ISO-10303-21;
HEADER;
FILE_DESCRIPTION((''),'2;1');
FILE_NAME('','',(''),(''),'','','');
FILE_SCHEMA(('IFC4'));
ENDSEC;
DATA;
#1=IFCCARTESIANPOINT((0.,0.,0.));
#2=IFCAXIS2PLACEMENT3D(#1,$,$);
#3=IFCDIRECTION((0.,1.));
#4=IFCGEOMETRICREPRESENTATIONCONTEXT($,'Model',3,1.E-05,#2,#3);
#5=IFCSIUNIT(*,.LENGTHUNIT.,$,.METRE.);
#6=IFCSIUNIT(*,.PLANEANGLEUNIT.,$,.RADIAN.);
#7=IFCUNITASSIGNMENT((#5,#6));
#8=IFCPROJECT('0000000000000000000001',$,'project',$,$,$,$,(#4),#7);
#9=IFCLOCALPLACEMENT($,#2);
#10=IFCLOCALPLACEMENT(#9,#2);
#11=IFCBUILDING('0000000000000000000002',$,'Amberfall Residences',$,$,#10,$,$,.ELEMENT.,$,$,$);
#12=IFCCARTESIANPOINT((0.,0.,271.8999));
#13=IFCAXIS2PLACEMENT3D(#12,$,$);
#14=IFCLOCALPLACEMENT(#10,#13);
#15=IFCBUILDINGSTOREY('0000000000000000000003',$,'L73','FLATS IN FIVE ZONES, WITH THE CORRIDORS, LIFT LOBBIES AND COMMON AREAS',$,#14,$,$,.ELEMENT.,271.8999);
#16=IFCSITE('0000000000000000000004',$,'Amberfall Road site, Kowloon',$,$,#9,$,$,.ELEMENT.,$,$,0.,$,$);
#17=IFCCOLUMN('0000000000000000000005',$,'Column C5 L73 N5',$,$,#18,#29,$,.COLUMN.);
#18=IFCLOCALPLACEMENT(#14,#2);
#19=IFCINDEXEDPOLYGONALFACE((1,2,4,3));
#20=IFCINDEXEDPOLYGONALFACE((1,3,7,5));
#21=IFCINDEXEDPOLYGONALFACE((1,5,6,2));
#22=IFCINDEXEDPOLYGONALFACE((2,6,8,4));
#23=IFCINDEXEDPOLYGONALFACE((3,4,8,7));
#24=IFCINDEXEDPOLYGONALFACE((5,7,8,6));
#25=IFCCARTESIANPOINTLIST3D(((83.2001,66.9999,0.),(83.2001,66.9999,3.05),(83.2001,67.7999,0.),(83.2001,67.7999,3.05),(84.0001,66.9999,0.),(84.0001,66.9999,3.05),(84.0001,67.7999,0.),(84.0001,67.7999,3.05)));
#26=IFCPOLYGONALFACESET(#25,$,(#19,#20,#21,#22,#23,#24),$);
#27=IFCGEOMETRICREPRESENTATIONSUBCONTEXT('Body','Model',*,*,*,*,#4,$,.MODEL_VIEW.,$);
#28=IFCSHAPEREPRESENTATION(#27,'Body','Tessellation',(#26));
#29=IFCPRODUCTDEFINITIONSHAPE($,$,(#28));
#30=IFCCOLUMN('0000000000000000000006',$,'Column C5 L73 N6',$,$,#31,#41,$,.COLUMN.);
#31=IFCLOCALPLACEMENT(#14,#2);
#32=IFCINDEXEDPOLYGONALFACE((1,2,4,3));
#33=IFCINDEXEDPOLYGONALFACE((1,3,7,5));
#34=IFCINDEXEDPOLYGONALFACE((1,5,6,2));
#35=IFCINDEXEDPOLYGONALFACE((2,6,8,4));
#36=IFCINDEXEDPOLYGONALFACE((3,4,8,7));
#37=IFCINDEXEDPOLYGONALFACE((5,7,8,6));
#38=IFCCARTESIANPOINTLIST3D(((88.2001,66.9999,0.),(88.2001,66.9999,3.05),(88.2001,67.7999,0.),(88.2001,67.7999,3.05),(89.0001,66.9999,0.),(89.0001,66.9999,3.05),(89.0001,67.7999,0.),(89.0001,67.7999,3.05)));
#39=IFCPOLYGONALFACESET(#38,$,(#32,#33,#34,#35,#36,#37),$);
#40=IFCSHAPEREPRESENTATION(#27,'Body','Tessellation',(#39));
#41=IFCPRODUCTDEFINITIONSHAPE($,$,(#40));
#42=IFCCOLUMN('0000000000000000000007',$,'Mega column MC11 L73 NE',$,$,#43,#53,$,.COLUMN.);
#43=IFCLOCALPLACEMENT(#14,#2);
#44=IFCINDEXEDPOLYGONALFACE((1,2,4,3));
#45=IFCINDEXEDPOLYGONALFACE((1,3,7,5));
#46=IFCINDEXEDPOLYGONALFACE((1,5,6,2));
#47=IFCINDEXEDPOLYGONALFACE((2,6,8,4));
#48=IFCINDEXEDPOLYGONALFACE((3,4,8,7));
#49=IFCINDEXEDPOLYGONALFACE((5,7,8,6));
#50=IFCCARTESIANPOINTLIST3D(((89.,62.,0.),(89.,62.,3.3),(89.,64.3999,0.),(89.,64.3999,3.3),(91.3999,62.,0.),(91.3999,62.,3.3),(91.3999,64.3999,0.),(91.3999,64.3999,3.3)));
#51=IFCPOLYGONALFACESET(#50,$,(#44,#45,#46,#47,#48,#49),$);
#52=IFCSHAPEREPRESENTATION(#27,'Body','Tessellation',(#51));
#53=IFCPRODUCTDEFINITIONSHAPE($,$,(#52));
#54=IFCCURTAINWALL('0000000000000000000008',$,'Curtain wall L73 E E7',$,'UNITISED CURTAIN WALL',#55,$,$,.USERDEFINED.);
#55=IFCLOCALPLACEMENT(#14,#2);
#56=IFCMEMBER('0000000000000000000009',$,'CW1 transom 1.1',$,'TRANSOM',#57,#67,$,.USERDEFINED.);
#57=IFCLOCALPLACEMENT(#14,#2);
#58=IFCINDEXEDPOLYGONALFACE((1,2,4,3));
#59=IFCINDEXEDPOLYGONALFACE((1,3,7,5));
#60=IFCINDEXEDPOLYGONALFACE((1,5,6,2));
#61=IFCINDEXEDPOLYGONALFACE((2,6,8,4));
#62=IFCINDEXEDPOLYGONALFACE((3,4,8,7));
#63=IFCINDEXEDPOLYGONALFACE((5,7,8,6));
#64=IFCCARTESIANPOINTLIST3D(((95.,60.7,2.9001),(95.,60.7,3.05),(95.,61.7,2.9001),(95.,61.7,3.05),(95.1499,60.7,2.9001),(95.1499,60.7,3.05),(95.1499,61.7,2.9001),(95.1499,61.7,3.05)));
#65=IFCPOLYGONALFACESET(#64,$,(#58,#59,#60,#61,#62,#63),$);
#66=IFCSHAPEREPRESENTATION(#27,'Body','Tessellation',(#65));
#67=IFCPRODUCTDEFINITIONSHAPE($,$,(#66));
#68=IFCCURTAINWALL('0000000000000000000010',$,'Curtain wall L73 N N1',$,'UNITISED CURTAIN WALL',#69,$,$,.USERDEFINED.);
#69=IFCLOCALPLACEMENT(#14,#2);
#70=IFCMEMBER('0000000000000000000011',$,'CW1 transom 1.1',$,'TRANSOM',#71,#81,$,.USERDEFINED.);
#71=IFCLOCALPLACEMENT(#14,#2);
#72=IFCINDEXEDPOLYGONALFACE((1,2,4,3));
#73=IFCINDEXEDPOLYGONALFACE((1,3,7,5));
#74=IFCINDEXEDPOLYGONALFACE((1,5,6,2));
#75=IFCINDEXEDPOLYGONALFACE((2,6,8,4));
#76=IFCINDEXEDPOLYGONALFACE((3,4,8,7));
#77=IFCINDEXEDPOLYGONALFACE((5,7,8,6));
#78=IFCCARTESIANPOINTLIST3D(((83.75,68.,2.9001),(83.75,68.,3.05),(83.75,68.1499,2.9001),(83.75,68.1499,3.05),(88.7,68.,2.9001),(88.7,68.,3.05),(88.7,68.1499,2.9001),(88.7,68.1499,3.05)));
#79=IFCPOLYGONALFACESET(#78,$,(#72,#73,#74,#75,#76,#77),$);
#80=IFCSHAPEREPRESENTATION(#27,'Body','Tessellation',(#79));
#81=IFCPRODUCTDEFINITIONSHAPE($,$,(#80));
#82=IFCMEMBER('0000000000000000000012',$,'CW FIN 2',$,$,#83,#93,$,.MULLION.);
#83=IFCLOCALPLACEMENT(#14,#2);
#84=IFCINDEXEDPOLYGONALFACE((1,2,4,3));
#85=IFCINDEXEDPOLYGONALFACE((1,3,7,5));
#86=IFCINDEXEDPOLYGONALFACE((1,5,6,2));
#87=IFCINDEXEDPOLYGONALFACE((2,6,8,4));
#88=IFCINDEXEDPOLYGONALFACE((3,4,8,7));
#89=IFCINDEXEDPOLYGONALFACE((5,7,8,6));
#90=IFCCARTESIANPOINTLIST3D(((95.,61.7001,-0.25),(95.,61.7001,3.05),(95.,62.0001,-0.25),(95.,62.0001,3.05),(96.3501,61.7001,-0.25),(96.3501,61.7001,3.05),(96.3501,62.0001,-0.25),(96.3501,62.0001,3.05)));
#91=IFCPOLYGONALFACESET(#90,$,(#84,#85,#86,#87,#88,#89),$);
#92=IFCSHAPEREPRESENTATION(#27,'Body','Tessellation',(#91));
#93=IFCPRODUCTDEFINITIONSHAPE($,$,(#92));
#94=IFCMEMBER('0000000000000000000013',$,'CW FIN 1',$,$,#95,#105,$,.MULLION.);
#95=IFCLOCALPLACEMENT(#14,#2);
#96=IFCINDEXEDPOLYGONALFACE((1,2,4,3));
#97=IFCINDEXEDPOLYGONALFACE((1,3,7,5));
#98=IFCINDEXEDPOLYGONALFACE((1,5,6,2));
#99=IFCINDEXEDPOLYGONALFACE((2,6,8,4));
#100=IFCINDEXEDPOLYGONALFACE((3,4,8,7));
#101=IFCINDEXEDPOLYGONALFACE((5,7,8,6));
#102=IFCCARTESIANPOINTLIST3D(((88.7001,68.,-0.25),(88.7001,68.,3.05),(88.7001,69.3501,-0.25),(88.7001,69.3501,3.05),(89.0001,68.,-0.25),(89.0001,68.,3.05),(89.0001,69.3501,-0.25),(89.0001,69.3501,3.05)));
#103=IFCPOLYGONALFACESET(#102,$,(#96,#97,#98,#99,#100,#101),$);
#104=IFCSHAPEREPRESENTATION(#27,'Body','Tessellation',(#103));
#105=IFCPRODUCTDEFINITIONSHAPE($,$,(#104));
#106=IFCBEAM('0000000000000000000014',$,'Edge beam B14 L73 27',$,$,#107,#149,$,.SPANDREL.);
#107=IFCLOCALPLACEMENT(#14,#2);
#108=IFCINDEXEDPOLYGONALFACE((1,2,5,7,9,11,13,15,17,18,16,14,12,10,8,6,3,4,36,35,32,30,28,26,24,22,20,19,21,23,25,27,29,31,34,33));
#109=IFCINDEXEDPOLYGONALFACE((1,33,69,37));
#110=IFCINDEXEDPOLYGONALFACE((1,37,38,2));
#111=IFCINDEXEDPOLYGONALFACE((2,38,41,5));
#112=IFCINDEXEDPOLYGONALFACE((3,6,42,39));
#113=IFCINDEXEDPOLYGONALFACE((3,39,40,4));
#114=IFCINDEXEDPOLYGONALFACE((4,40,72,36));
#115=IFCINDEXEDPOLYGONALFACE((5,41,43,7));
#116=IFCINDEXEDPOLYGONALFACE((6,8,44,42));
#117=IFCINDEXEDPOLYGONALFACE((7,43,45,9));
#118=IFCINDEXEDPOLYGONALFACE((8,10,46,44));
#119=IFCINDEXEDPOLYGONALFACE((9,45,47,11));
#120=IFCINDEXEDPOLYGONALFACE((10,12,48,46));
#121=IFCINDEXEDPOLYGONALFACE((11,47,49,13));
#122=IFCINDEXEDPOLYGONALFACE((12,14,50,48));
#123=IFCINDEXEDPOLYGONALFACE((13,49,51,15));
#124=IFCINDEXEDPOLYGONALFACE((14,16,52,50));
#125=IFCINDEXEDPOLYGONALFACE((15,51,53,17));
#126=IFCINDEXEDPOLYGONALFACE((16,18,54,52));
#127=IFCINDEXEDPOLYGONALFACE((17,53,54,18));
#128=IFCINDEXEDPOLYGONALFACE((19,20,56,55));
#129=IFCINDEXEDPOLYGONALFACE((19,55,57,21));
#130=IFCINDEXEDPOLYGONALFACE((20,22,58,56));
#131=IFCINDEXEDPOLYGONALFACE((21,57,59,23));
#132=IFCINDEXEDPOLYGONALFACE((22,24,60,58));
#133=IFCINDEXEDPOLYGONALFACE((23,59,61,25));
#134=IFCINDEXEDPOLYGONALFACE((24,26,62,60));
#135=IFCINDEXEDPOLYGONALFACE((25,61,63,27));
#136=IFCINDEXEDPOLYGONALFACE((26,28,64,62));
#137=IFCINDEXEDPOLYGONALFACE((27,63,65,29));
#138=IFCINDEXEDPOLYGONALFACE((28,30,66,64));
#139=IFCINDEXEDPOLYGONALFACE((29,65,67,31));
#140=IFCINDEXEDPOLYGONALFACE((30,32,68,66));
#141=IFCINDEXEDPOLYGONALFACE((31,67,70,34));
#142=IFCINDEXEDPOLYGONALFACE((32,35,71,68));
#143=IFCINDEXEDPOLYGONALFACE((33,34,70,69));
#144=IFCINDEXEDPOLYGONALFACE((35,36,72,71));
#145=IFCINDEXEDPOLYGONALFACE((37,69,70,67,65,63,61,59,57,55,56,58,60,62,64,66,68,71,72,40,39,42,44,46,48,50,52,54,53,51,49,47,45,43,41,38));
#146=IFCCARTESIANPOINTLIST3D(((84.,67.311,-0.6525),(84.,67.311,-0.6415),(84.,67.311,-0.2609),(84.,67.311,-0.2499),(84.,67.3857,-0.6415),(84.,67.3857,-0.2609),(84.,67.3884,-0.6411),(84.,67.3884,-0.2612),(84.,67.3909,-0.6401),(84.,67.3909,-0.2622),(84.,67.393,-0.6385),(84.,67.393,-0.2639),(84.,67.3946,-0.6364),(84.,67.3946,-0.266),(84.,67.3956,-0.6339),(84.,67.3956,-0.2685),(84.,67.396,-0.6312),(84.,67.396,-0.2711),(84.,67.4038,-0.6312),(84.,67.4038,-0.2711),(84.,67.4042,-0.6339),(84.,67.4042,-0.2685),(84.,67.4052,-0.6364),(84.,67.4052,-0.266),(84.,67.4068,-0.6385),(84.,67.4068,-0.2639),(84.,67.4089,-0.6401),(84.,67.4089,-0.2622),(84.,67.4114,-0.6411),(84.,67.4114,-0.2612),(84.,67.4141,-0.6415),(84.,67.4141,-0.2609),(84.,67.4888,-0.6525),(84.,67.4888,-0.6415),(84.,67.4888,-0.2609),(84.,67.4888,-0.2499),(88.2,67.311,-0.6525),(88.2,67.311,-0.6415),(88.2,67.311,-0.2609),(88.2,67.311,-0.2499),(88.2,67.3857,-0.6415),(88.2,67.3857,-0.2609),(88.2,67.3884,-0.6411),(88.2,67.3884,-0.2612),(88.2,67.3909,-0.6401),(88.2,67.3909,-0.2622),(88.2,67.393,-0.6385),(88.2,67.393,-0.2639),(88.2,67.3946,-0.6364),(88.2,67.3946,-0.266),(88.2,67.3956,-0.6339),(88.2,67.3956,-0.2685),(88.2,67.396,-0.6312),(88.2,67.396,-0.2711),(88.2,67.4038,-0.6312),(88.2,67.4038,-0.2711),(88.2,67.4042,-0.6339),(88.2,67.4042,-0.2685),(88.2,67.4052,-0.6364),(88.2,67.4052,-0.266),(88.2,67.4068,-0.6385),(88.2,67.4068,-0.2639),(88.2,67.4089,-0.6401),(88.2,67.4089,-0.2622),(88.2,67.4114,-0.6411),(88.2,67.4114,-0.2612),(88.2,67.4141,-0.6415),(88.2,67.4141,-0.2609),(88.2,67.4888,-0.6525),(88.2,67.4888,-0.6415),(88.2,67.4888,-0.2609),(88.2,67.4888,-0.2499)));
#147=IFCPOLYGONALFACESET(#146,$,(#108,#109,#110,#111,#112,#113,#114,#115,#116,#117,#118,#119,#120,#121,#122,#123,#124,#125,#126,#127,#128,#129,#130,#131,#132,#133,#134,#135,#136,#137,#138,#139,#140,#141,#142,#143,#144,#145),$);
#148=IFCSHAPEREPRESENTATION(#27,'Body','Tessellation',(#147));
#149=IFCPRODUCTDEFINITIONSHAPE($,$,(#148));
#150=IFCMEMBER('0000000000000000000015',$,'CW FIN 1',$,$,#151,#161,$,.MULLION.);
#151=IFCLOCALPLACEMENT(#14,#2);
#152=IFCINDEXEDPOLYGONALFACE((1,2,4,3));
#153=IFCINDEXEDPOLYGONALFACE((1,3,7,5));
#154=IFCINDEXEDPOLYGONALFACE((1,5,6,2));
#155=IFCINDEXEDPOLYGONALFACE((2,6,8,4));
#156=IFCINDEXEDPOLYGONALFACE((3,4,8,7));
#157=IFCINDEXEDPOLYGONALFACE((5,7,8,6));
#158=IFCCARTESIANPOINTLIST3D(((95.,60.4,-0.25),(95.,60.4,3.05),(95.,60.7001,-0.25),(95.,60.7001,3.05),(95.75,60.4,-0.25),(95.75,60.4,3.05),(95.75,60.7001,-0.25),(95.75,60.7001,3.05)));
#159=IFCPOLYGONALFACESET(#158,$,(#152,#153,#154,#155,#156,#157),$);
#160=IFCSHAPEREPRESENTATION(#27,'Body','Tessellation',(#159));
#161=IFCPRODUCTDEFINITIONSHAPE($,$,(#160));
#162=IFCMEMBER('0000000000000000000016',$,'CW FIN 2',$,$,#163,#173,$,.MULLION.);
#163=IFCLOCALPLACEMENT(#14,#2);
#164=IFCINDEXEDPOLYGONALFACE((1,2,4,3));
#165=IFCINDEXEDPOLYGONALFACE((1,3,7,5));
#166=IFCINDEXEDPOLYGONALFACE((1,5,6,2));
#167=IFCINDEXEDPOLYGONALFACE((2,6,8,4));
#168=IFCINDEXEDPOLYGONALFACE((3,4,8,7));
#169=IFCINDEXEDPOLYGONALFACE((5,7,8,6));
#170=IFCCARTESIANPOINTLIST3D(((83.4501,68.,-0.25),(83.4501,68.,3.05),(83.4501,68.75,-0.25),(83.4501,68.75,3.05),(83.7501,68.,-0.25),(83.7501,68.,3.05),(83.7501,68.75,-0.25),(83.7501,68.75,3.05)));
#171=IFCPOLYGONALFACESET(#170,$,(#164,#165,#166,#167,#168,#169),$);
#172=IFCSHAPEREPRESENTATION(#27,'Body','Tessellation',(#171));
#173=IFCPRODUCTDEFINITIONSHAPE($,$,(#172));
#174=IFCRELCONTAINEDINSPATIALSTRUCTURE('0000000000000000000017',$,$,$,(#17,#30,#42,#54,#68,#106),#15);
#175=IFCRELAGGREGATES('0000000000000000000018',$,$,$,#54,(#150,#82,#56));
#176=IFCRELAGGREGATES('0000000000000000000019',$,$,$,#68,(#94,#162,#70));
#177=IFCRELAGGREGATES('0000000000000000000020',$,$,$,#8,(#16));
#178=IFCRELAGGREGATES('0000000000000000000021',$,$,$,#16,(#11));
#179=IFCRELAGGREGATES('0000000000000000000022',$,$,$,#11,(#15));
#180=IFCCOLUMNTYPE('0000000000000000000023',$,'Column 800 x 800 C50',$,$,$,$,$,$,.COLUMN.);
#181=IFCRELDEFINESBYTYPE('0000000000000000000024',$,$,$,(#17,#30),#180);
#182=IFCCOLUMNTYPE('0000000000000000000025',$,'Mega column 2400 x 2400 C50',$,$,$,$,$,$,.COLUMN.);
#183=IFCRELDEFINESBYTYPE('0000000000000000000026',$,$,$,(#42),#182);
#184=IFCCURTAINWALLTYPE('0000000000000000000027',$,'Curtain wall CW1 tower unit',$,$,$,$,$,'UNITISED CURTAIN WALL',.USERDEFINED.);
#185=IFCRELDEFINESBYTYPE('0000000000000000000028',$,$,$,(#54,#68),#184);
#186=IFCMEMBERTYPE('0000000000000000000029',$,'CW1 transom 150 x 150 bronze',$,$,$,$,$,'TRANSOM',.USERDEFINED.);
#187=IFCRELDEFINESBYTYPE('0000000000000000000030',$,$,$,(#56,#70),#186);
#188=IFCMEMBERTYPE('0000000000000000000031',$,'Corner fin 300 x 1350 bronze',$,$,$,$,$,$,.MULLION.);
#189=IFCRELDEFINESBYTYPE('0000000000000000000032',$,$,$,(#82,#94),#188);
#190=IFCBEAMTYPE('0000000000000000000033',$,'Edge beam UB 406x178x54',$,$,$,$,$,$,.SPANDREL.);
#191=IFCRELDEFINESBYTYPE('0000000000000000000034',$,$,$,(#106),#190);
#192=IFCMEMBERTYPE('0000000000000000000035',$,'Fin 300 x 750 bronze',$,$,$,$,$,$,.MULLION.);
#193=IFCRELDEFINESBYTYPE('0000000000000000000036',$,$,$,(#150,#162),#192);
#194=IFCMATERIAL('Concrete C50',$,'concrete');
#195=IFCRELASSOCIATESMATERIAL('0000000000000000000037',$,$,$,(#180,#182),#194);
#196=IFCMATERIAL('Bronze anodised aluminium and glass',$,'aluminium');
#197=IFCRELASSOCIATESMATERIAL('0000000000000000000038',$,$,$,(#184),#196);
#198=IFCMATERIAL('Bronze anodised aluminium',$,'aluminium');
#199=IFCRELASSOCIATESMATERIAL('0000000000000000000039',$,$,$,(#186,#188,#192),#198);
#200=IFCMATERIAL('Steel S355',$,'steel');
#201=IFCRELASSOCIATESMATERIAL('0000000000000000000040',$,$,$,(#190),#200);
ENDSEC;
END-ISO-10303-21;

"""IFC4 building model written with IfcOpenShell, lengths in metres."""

from ifc_helpers import new_model, si_unit, direction, frame, origin, origin_2d, place, context, subcontext, project, spatial, rectangle, i_section, extrude, material, material_profile, profile_set, type_object, element, aggregate, save


model = new_model("IFC4")

# Units and contexts
model_context = context("Model", 3, precision=1e-05, world=origin(), true_north=direction((0.0, 1.0)))
body_context = subcontext(model_context, "Body", "Model", "MODEL_VIEW")
ifc_project = project(units=[si_unit("LENGTHUNIT", "METRE"), si_unit("PLANEANGLEUNIT", "RADIAN")], contexts=[model_context])

# Site, building, storey
site_placement = place(None, origin())
site = spatial("IfcSite", under=ifc_project, at=site_placement, Name="Amberfall Road site, Kowloon", CompositionType="ELEMENT", RefElevation=0.0)
building_placement = place(site_placement, origin())
building = spatial("IfcBuilding", under=site, at=building_placement, Name="Amberfall Residences", CompositionType="ELEMENT")
storey_placement = place(building_placement, frame((0.0, 0.0, 271.8999)))
storey = spatial("IfcBuildingStorey", under=building, at=storey_placement, Name="L73", Description="FLATS IN FIVE ZONES, WITH THE CORRIDORS, LIFT LOBBIES AND COMMON AREAS", CompositionType="ELEMENT", Elevation=271.8999)

# Columns
ifc_material_1 = material(Name="Concrete C50", Category="concrete")
ifc_material_profile_1 = material_profile(ifc_material_1, rectangle(XDim=0.8, YDim=0.8, at=origin_2d()), Name="Column 800 x 800 C50")
ifc_profile_set_1 = profile_set([ifc_material_profile_1], Name="Concrete C50")
column_type_1 = type_object("IfcColumnType", Name="Column 800 x 800 C50", PredefinedType="COLUMN", material=ifc_profile_set_1)
for number, where, z_axis, x_axis, name in (
    (1, (83.6001, 67.3999, 0.0), (0.0, 0.0, 1.0), (1.0, 0.0, 0.0), "Column C5 L73 N5"),
    (2, (88.6001, 67.3999, 0.0), (0.0, 0.0, 1.0), (1.0, 0.0, 0.0), "Column C5 L73 N6"),
):
    element("IfcColumn", number, at=place(storey_placement, frame(where, z_axis=z_axis, x_axis=x_axis)), inside=storey, type_object=column_type_1, Name=name, PredefinedType="COLUMN", context=body_context, shape_type="SweptSolid", body=[
        extrude(rectangle(XDim=0.8, YDim=0.8, at=origin_2d()), origin(), (0.0, 0.0, 1.0), 3.05),
    ])
ifc_material_profile_2 = material_profile(ifc_material_1, rectangle(XDim=2.3999, YDim=2.3999, at=origin_2d()), Name="Mega column 2400 x 2400 C50")
ifc_profile_set_2 = profile_set([ifc_material_profile_2], Name="Concrete C50")
column_type_2 = type_object("IfcColumnType", Name="Mega column 2400 x 2400 C50", PredefinedType="COLUMN", material=ifc_profile_set_2)
column_placement = place(storey_placement, frame((90.2, 63.2, 0.0), z_axis=(0.0, 0.0, 1.0), x_axis=(1.0, 0.0, 0.0)))
element("IfcColumn", 3, at=column_placement, inside=storey, type_object=column_type_2, Name="Mega column MC11 L73 NE", PredefinedType="COLUMN", context=body_context, shape_type="SweptSolid", body=[
    extrude(rectangle(XDim=2.3999, YDim=2.3999, at=origin_2d()), origin(), (0.0, 0.0, 1.0), 3.3),
])

# Curtain walls, members
ifc_material_2 = material(Name="Bronze anodised aluminium and glass", Category="aluminium")
curtain_wall_type = type_object("IfcCurtainWallType", Name="Curtain wall CW1 tower unit", ElementType="UNITISED CURTAIN WALL", PredefinedType="USERDEFINED", material=ifc_material_2)
curtain_wall_1_placement = place(storey_placement, origin())
curtain_wall_1 = element("IfcCurtainWall", 4, at=curtain_wall_1_placement, inside=storey, type_object=curtain_wall_type, Name="Curtain wall L73 E E7", ObjectType="UNITISED CURTAIN WALL", PredefinedType="USERDEFINED")
ifc_material_3 = material(Name="Bronze anodised aluminium", Category="aluminium")
ifc_material_profile_3 = material_profile(ifc_material_3, rectangle(XDim=0.1499, YDim=0.1499, at=origin_2d()), Name="CW1 transom 150 x 150 bronze")
ifc_profile_set_3 = profile_set([ifc_material_profile_3], Name="Bronze anodised aluminium")
member_type_1 = type_object("IfcMemberType", Name="CW1 transom 150 x 150 bronze", ElementType="TRANSOM", PredefinedType="USERDEFINED", material=ifc_profile_set_3)
member_1_placement = place(storey_placement, frame((95.075, 60.7, 2.9751), z_axis=(0.0, 1.0, 0.0), x_axis=(-1.0, 0.0, 0.0)))
member_1 = element("IfcMember", 5, at=member_1_placement, type_object=member_type_1, Name="CW1 transom 1.1", ObjectType="TRANSOM", PredefinedType="USERDEFINED", context=body_context, shape_type="SweptSolid", body=[
    extrude(rectangle(XDim=0.1499, YDim=0.1499, at=origin_2d()), origin(), (0.0, 0.0, 1.0), 1.0),
])
curtain_wall_2_placement = place(storey_placement, origin())
curtain_wall_2 = element("IfcCurtainWall", 6, at=curtain_wall_2_placement, inside=storey, type_object=curtain_wall_type, Name="Curtain wall L73 N N1", ObjectType="UNITISED CURTAIN WALL", PredefinedType="USERDEFINED")
member_2_placement = place(storey_placement, frame((88.7, 68.075, 2.9751), z_axis=(-1.0, 0.0, 0.0), x_axis=(0.0, -1.0, 0.0)))
member_2 = element("IfcMember", 7, at=member_2_placement, type_object=member_type_1, Name="CW1 transom 1.1", ObjectType="TRANSOM", PredefinedType="USERDEFINED", context=body_context, shape_type="SweptSolid", body=[
    extrude(rectangle(XDim=0.1499, YDim=0.1499, at=origin_2d()), origin(), (0.0, 0.0, 1.0), 4.95),
])

# Members
ifc_material_profile_4 = material_profile(ifc_material_3, rectangle(XDim=1.3501, YDim=0.3, at=origin_2d()), Name="Corner fin 300 x 1350 bronze")
ifc_profile_set_4 = profile_set([ifc_material_profile_4], Name="Bronze anodised aluminium")
member_type_2 = type_object("IfcMemberType", Name="Corner fin 300 x 1350 bronze", PredefinedType="MULLION", material=ifc_profile_set_4)
member_3_placement = place(storey_placement, frame((95.675, 61.8501, -0.25), z_axis=(0.0, 0.0, 1.0), x_axis=(-1.0, 0.0, 0.0)))
member_3 = element("IfcMember", 8, at=member_3_placement, type_object=member_type_2, Name="CW FIN 2", PredefinedType="MULLION", context=body_context, shape_type="SweptSolid", body=[
    extrude(rectangle(XDim=1.3501, YDim=0.3, at=origin_2d()), origin(), (0.0, 0.0, 1.0), 3.3),
])
member_4_placement = place(storey_placement, frame((88.8501, 68.675, -0.25), z_axis=(0.0, 0.0, 1.0), x_axis=(0.0, -1.0, 0.0)))
member_4 = element("IfcMember", 9, at=member_4_placement, type_object=member_type_2, Name="CW FIN 1", PredefinedType="MULLION", context=body_context, shape_type="SweptSolid", body=[
    extrude(rectangle(XDim=1.3501, YDim=0.3, at=origin_2d()), origin(), (0.0, 0.0, 1.0), 3.3),
])

# Beam
ifc_material_4 = material(Name="Steel S355", Category="steel")
ifc_material_profile_5 = material_profile(ifc_material_4, i_section(OverallWidth=0.1777, OverallDepth=0.4026, WebThickness=0.0078, FlangeThickness=0.011, FilletRadius=0.0103, at=origin_2d()), Name="UB 406x178x54")
ifc_profile_set_5 = profile_set([ifc_material_profile_5], Name="Steel S355")
beam_type_1 = type_object("IfcBeamType", Name="Edge beam UB 406x178x54", PredefinedType="SPANDREL", material=ifc_profile_set_5)
beam_1_placement = place(storey_placement, frame((84.0, 67.3999, -0.4512), z_axis=(1.0, 0.0, 0.0), x_axis=(0.0, 1.0, 0.0)))
element("IfcBeam", 10, at=beam_1_placement, inside=storey, type_object=beam_type_1, Name="Edge beam B14 L73 27", PredefinedType="SPANDREL", context=body_context, shape_type="SweptSolid", body=[
    extrude(i_section(OverallWidth=0.1777, OverallDepth=0.4026, WebThickness=0.0078, FlangeThickness=0.011, FilletRadius=0.0103, at=origin_2d()), origin(), (0.0, 0.0, 1.0), 4.2),
])

# Members
ifc_material_profile_6 = material_profile(ifc_material_3, rectangle(XDim=0.75, YDim=0.3, at=origin_2d()), Name="Fin 300 x 750 bronze")
ifc_profile_set_6 = profile_set([ifc_material_profile_6], Name="Bronze anodised aluminium")
member_type_3 = type_object("IfcMemberType", Name="Fin 300 x 750 bronze", PredefinedType="MULLION", material=ifc_profile_set_6)
member_5_placement = place(storey_placement, frame((95.375, 60.55, -0.25), z_axis=(0.0, 0.0, 1.0), x_axis=(-1.0, 0.0, 0.0)))
member_5 = element("IfcMember", 11, at=member_5_placement, type_object=member_type_3, Name="CW FIN 1", PredefinedType="MULLION", context=body_context, shape_type="SweptSolid", body=[
    extrude(rectangle(XDim=0.75, YDim=0.3, at=origin_2d()), origin(), (0.0, 0.0, 1.0), 3.3),
])
member_6_placement = place(storey_placement, frame((83.6001, 68.375, -0.25), z_axis=(0.0, 0.0, 1.0), x_axis=(0.0, -1.0, 0.0)))
member_6 = element("IfcMember", 12, at=member_6_placement, type_object=member_type_3, Name="CW FIN 2", PredefinedType="MULLION", context=body_context, shape_type="SweptSolid", body=[
    extrude(rectangle(XDim=0.75, YDim=0.3, at=origin_2d()), origin(), (0.0, 0.0, 1.0), 3.3),
])

aggregate(curtain_wall_1, [member_5, member_3, member_1])
aggregate(curtain_wall_2, [member_4, member_6, member_2])

save(model, "model.ifc")
